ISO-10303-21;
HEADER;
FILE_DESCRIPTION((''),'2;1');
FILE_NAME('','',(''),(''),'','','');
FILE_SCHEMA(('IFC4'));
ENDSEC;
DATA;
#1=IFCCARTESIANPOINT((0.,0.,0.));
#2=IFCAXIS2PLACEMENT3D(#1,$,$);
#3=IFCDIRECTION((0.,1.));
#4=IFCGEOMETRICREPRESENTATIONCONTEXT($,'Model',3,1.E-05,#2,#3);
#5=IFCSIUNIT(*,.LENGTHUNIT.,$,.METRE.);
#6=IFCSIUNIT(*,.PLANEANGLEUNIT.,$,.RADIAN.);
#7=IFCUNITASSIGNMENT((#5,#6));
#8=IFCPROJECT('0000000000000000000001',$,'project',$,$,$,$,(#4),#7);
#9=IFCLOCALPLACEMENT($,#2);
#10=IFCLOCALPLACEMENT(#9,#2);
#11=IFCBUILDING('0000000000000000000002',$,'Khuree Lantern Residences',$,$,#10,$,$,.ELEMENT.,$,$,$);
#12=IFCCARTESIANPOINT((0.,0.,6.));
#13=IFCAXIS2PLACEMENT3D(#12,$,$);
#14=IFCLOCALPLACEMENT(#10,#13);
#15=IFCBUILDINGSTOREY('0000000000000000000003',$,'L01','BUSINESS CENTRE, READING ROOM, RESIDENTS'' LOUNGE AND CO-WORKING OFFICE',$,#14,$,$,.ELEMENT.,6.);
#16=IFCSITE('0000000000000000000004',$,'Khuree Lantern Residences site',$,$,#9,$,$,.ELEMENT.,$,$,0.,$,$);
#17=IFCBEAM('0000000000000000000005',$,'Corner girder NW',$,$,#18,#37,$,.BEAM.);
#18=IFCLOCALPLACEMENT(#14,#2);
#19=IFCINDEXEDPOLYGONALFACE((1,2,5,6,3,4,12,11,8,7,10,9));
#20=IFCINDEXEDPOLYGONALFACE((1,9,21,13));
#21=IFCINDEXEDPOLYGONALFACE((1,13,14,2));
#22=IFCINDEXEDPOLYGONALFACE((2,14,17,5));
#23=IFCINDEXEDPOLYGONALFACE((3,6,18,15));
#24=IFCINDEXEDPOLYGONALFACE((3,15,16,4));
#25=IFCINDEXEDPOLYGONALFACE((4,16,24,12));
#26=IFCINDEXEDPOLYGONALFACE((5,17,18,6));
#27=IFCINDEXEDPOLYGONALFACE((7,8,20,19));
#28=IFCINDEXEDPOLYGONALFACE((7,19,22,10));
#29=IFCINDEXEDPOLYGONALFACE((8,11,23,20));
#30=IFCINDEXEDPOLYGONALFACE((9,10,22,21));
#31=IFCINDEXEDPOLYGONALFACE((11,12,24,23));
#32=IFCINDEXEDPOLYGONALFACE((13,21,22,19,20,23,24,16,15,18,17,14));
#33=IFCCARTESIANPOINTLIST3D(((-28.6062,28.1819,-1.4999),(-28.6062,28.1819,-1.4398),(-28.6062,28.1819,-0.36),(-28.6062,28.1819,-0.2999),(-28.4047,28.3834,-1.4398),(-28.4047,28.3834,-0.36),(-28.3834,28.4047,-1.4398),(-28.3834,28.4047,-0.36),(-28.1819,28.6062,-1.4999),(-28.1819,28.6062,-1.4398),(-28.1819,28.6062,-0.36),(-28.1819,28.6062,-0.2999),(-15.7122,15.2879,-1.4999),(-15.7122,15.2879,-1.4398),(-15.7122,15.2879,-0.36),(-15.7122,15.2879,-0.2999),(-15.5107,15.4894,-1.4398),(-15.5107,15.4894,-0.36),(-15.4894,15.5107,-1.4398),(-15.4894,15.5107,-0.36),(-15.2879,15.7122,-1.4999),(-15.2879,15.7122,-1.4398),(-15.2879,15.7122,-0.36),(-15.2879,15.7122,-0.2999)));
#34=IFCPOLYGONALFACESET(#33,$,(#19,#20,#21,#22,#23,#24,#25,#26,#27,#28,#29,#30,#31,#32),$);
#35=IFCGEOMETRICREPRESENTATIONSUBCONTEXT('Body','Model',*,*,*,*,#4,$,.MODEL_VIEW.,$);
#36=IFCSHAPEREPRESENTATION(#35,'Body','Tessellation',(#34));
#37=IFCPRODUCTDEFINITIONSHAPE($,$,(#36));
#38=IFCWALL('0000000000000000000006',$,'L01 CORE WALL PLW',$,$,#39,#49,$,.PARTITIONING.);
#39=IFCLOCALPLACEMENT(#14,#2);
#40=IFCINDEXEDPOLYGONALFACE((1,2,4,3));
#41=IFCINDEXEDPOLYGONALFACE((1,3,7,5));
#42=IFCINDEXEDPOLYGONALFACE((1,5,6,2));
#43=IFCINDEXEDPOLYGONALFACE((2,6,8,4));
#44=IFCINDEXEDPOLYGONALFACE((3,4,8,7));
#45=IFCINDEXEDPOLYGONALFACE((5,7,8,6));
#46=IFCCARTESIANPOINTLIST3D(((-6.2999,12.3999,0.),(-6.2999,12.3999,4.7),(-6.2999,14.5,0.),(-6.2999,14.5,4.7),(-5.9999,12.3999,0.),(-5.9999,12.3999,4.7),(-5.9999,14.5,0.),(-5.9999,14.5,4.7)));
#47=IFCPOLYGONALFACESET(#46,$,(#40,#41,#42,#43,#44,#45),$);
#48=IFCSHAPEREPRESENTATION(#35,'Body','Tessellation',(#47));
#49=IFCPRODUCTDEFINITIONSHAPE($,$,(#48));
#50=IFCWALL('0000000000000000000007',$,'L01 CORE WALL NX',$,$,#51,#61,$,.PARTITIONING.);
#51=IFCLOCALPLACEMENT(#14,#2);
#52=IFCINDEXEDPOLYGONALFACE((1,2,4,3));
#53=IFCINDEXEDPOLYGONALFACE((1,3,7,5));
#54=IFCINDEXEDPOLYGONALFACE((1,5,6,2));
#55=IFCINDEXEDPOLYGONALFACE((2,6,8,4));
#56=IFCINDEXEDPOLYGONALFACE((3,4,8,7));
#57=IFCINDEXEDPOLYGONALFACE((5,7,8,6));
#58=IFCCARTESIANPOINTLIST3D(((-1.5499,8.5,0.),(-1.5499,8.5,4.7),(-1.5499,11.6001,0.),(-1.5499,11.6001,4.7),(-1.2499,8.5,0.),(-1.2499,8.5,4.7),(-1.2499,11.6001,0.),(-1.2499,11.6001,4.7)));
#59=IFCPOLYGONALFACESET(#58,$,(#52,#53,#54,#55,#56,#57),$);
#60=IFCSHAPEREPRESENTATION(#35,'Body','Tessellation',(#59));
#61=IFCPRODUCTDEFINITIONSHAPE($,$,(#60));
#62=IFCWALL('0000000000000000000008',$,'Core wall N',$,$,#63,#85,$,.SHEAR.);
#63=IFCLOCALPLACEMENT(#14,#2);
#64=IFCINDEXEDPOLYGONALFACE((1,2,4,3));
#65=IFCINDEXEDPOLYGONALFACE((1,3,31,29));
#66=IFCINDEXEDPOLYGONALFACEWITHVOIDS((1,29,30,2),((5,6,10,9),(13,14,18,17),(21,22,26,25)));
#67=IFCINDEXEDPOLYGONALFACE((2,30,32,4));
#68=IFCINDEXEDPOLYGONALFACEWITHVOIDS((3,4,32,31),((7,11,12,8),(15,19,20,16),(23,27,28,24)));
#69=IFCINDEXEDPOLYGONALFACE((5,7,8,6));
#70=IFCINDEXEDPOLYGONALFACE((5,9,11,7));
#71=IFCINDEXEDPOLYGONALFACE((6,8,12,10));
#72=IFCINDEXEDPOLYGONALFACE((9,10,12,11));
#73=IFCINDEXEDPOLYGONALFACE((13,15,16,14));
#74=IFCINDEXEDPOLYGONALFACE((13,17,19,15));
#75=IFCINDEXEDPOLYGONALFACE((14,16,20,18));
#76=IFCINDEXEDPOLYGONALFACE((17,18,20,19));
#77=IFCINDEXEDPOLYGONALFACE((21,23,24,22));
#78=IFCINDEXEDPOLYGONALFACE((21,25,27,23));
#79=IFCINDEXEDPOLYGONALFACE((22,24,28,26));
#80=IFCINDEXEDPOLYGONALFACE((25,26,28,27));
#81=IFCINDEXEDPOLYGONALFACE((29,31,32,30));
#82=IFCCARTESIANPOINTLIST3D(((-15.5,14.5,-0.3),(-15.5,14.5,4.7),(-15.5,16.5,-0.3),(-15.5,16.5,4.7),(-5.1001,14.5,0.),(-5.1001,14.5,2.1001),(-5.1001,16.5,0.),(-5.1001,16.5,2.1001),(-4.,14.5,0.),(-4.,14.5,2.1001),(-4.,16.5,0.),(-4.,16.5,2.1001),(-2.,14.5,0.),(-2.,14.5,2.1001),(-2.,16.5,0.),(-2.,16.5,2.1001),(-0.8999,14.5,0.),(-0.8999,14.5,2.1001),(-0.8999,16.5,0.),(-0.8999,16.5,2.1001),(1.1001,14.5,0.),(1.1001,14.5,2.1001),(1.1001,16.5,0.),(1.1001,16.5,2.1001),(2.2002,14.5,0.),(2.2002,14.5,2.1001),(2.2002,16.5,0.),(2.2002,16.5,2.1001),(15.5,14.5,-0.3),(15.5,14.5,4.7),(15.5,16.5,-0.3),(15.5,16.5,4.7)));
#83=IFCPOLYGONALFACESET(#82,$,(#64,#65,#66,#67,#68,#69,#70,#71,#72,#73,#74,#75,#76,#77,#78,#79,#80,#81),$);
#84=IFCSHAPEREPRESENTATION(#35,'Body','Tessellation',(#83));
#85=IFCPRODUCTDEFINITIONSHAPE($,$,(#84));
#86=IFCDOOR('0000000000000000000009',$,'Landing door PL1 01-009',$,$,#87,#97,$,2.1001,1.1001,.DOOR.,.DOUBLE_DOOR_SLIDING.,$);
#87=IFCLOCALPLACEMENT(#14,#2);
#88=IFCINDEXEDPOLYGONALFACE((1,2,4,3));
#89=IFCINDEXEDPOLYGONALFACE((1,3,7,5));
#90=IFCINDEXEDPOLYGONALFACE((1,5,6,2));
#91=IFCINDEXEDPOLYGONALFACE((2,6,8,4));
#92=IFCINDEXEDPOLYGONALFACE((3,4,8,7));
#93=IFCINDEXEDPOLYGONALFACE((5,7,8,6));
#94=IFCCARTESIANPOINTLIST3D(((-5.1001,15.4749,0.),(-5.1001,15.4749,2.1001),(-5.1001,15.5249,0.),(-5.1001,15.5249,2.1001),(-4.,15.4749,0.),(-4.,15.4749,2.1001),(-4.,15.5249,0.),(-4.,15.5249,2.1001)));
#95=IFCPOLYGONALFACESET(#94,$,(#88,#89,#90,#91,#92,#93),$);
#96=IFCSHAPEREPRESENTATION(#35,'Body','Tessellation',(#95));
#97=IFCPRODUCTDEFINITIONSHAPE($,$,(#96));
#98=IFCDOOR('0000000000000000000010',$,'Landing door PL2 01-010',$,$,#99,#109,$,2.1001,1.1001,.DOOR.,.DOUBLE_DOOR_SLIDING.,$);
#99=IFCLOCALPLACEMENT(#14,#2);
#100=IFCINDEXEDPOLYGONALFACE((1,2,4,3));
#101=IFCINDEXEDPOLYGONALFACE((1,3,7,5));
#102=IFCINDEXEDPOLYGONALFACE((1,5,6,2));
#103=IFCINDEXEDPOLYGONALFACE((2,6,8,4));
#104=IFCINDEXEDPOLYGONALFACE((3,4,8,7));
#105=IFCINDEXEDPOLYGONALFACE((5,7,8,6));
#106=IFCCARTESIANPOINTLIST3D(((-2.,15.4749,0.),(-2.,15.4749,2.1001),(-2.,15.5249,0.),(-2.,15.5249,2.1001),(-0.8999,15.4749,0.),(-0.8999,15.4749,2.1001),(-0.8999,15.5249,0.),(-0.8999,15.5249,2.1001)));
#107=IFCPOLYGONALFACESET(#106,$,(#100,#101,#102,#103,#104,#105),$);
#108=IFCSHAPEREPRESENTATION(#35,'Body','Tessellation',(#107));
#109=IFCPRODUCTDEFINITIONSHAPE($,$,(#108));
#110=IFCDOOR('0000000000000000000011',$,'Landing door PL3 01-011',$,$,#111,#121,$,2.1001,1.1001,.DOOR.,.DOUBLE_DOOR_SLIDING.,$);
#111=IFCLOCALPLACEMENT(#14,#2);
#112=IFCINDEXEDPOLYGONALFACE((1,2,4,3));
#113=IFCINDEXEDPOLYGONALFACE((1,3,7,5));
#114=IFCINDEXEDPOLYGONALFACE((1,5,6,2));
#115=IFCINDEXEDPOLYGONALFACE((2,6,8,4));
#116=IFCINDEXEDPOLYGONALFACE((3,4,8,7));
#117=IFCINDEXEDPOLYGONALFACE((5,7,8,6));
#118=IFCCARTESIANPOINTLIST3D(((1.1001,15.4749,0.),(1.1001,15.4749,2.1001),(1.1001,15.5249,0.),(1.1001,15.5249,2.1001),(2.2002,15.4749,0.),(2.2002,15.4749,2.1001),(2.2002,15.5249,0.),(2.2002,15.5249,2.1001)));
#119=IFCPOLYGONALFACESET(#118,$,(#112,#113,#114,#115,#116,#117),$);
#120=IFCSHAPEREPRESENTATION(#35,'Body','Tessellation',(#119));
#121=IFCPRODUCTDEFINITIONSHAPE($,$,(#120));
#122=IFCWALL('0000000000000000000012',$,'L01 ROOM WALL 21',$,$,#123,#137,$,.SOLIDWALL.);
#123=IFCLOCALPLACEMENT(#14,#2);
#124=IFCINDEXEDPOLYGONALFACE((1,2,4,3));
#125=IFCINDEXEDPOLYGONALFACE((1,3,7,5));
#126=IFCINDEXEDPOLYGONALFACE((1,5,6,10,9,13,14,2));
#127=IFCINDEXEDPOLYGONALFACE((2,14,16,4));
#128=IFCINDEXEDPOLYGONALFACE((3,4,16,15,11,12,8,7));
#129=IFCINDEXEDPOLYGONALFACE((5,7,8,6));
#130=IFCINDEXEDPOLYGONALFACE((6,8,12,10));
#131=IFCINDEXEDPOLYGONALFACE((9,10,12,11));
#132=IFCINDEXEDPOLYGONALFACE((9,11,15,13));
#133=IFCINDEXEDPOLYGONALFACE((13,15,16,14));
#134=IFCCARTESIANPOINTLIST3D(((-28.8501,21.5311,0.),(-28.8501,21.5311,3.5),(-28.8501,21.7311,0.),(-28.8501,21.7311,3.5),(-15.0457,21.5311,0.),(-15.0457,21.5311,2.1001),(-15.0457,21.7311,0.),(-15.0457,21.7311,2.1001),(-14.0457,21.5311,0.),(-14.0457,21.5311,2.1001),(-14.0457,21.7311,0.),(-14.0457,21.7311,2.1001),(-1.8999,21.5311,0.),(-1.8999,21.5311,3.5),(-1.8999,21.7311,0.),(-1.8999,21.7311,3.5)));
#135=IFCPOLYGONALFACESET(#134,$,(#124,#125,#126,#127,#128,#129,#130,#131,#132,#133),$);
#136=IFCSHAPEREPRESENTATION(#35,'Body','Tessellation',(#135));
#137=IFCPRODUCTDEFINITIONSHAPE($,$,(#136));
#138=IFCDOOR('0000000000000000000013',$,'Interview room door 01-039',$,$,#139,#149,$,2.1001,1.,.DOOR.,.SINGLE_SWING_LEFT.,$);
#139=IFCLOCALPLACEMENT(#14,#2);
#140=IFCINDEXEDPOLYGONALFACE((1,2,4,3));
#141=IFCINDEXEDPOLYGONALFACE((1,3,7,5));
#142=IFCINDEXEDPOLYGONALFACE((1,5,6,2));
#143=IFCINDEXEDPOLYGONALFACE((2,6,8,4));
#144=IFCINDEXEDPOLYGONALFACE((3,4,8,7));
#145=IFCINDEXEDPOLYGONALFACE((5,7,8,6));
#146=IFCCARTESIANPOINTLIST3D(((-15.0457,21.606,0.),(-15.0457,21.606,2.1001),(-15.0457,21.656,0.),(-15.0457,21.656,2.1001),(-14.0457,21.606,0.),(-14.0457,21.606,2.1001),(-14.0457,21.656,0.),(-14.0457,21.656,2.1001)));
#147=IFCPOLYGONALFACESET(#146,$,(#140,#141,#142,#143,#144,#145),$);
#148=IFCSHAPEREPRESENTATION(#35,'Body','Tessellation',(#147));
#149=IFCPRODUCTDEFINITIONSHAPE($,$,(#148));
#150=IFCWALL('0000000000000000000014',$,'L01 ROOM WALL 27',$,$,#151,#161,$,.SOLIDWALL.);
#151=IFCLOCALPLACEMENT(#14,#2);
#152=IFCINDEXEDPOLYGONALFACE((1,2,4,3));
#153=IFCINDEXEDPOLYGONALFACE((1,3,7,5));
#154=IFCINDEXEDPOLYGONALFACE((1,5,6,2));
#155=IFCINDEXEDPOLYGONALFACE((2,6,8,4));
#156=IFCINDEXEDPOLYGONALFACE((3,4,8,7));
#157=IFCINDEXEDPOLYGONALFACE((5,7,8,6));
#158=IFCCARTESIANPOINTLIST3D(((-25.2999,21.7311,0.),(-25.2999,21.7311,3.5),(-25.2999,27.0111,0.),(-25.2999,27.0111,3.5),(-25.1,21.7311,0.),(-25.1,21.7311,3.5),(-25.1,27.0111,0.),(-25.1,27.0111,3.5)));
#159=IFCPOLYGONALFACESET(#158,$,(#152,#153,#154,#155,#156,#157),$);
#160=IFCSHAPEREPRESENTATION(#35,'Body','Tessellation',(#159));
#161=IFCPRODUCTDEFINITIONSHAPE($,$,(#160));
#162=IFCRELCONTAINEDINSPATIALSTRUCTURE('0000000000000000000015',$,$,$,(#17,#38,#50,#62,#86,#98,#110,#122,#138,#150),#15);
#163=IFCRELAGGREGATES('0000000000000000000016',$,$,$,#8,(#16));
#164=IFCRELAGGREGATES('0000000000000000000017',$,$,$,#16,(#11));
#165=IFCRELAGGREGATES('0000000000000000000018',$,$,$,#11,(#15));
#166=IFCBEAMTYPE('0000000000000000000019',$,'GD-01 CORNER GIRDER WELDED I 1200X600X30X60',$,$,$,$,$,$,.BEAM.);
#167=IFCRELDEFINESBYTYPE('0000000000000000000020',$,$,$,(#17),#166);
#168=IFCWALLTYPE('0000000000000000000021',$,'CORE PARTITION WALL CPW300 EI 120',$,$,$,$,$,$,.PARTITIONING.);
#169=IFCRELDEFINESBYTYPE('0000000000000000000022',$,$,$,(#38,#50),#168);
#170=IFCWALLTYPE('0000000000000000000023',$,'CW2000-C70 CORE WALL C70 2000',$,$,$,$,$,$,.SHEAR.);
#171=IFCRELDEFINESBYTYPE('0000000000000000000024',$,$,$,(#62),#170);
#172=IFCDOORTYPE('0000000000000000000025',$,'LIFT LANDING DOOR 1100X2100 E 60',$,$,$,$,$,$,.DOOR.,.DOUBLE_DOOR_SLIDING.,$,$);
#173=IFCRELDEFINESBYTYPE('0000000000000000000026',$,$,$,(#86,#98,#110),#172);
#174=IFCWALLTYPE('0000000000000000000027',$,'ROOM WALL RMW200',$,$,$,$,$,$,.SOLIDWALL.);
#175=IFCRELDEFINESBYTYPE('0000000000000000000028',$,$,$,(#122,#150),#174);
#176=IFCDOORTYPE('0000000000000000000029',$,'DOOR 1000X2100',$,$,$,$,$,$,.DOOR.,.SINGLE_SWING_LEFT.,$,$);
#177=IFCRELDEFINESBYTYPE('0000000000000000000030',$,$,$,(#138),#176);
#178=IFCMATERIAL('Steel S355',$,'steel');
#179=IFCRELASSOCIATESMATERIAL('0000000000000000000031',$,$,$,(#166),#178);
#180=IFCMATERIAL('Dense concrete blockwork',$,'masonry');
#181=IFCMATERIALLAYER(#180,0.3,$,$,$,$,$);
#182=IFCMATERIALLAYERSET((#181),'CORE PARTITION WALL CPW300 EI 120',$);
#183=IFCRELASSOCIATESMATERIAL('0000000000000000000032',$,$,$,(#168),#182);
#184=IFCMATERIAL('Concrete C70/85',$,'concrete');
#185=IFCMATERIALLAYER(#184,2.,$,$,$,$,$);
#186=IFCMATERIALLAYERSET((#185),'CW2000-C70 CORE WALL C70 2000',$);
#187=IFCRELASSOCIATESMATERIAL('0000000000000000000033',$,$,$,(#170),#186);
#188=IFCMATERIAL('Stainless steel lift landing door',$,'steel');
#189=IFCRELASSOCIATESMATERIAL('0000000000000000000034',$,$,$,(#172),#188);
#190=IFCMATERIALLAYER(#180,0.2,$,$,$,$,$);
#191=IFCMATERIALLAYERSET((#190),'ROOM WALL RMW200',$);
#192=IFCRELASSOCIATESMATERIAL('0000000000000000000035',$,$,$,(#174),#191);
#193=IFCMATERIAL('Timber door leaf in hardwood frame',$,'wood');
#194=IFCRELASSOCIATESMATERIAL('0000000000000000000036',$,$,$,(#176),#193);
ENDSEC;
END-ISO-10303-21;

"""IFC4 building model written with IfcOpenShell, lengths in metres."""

from ifc_helpers import new_model, si_unit, direction, frame, frame_2d, origin, origin_2d, place, context, subcontext, project, spatial, rectangle, i_section, extrude, material, layer, layer_set, material_profile, profile_set, type_object, element, fill, save


model = new_model("IFC4")

# Units and contexts
model_context = context("Model", 3, precision=1e-05, world=origin(), true_north=direction((0.0, 1.0)))
body_context = subcontext(model_context, "Body", "Model", "MODEL_VIEW")
ifc_project = project(units=[si_unit("LENGTHUNIT", "METRE"), si_unit("PLANEANGLEUNIT", "RADIAN")], contexts=[model_context])

# Site, building, storey
site_placement = place(None, origin())
site = spatial("IfcSite", under=ifc_project, at=site_placement, Name="Khuree Lantern Residences site", CompositionType="ELEMENT", RefElevation=0.0)
building_placement = place(site_placement, origin())
building = spatial("IfcBuilding", under=site, at=building_placement, Name="Khuree Lantern Residences", CompositionType="ELEMENT")
storey_placement = place(building_placement, frame((0.0, 0.0, 6.0)))
storey = spatial("IfcBuildingStorey", under=building, at=storey_placement, Name="L01", Description="BUSINESS CENTRE, READING ROOM, RESIDENTS' LOUNGE AND CO-WORKING OFFICE", CompositionType="ELEMENT", Elevation=6.0)

# Shared definitions
ifc_material_1 = material(Name="Concrete C70/85", Category="concrete")

# Beam
ifc_material_2 = material(Name="Steel S355", Category="steel")
ifc_material_profile_1 = material_profile(ifc_material_2, i_section(OverallWidth=0.6001, OverallDepth=1.2, WebThickness=0.03, FlangeThickness=0.0601, at=origin_2d()), Name="WELDED I 1200X600X30X60")
ifc_profile_set_1 = profile_set([ifc_material_profile_1], Name="Steel S355")
beam_type_1 = type_object("IfcBeamType", Name="GD-01 CORNER GIRDER WELDED I 1200X600X30X60", PredefinedType="BEAM", material=ifc_profile_set_1)
beam_1_placement = place(storey_placement, frame((-28.394, 28.394, -0.8999), z_axis=(0.707107, -0.707107, 0.0), x_axis=(0.707107, 0.707107, 0.0)))
element("IfcBeam", 1, at=beam_1_placement, inside=storey, type_object=beam_type_1, Name="Corner girder NW", PredefinedType="BEAM", context=body_context, shape_type="SweptSolid", body=[
    extrude(i_section(OverallWidth=0.6001, OverallDepth=1.2, WebThickness=0.03, FlangeThickness=0.0601, at=origin_2d()), origin(), (0.0, 0.0, 1.0), 18.2349),
])

# Walls
ifc_material_3 = material(Name="Dense concrete blockwork", Category="masonry")
ifc_layer_1 = layer(ifc_material_3, 0.3)
ifc_layer_set_1 = layer_set([ifc_layer_1], Name="CORE PARTITION WALL CPW300 EI 120")
wall_type_1 = type_object("IfcWallType", Name="CORE PARTITION WALL CPW300 EI 120", PredefinedType="PARTITIONING", material=ifc_layer_set_1)
wall_1_placement = place(storey_placement, frame((-6.1499, 12.3999, 0.0), z_axis=(0.0, 0.0, 1.0), x_axis=(0.0, 1.0, 0.0)))
element("IfcWall", 2, at=wall_1_placement, inside=storey, type_object=wall_type_1, Name="L01 CORE WALL PLW", PredefinedType="PARTITIONING", context=body_context, shape_type="SweptSolid", body=[
    extrude(rectangle(XDim=2.1001, YDim=0.3, at=frame_2d((1.05, 0.0))), origin(), (0.0, 0.0, 1.0), 4.7),
])
wall_2_placement = place(storey_placement, frame((-1.3999, 8.5, 0.0), z_axis=(0.0, 0.0, 1.0), x_axis=(0.0, 1.0, 0.0)))
element("IfcWall", 3, at=wall_2_placement, inside=storey, type_object=wall_type_1, Name="L01 CORE WALL NX", PredefinedType="PARTITIONING", context=body_context, shape_type="SweptSolid", body=[
    extrude(rectangle(XDim=3.1001, YDim=0.3, at=frame_2d((1.55, 0.0))), origin(), (0.0, 0.0, 1.0), 4.7),
])

# Wall, openings, doors
ifc_layer_2 = layer(ifc_material_1, 2.0)
ifc_layer_set_2 = layer_set([ifc_layer_2], Name="CW2000-C70 CORE WALL C70 2000")
wall_type_2 = type_object("IfcWallType", Name="CW2000-C70 CORE WALL C70 2000", PredefinedType="SHEAR", material=ifc_layer_set_2)
wall_3_placement = place(storey_placement, frame((-15.5, 15.5, -0.3), z_axis=(0.0, 0.0, 1.0), x_axis=(1.0, 0.0, 0.0)))
wall_3 = element("IfcWall", 4, at=wall_3_placement, inside=storey, type_object=wall_type_2, Name="Core wall N", PredefinedType="SHEAR", context=body_context, shape_type="SweptSolid", body=[
    extrude(rectangle(XDim=31.0, YDim=2.0, at=frame_2d((15.5, 0.0))), origin(), (0.0, 0.0, 1.0), 5.0),
])
opening_1_placement = place(wall_3_placement, frame((10.3999, 0.0, 0.3)))
opening_1 = element("IfcOpeningElement", 5, at=opening_1_placement, cuts=wall_3, PredefinedType="OPENING", context=body_context, shape_type="SweptSolid", body=[
    extrude(rectangle(XDim=1.1001, YDim=2.1001, at=frame_2d((0.55, 1.05))), frame((0.0, 1.01, 0.0), z_axis=(0.0, -1.0, 0.0), x_axis=(1.0, 0.0, 0.0)), (0.0, 0.0, 1.0), 2.02),
])
opening_2_placement = place(wall_3_placement, frame((13.5, 0.0, 0.3)))
opening_2 = element("IfcOpeningElement", 6, at=opening_2_placement, cuts=wall_3, PredefinedType="OPENING", context=body_context, shape_type="SweptSolid", body=[
    extrude(rectangle(XDim=1.1001, YDim=2.1001, at=frame_2d((0.55, 1.05))), frame((0.0, 1.01, 0.0), z_axis=(0.0, -1.0, 0.0), x_axis=(1.0, 0.0, 0.0)), (0.0, 0.0, 1.0), 2.02),
])
opening_3_placement = place(wall_3_placement, frame((16.6001, 0.0, 0.3)))
opening_3 = element("IfcOpeningElement", 7, at=opening_3_placement, cuts=wall_3, PredefinedType="OPENING", context=body_context, shape_type="SweptSolid", body=[
    extrude(rectangle(XDim=1.1001, YDim=2.1001, at=frame_2d((0.55, 1.05))), frame((0.0, 1.01, 0.0), z_axis=(0.0, -1.0, 0.0), x_axis=(1.0, 0.0, 0.0)), (0.0, 0.0, 1.0), 2.02),
])
ifc_material_4 = material(Name="Stainless steel lift landing door", Category="steel")
door_type_1 = type_object("IfcDoorType", Name="LIFT LANDING DOOR 1100X2100 E 60", OperationType="DOUBLE_DOOR_SLIDING", PredefinedType="DOOR", material=ifc_material_4)
door_1_placement = place(opening_1_placement, origin())
door_1 = element("IfcDoor", 8, at=door_1_placement, inside=storey, type_object=door_type_1, Name="Landing door PL1 01-009", OperationType="DOUBLE_DOOR_SLIDING", OverallHeight=2.1001, OverallWidth=1.1001, PredefinedType="DOOR", context=body_context, shape_type="SweptSolid", body=[
    extrude(rectangle(XDim=1.1001, YDim=2.1001, at=frame_2d((0.55, 1.05))), frame((0.0, 0.0249, 0.0), z_axis=(0.0, -1.0, 0.0), x_axis=(1.0, 0.0, 0.0)), (0.0, 0.0, 1.0), 0.05),
])
fill(opening_1, door_1)
door_2_placement = place(opening_2_placement, origin())
door_2 = element("IfcDoor", 9, at=door_2_placement, inside=storey, type_object=door_type_1, Name="Landing door PL2 01-010", OperationType="DOUBLE_DOOR_SLIDING", OverallHeight=2.1001, OverallWidth=1.1001, PredefinedType="DOOR", context=body_context, shape_type="SweptSolid", body=[
    extrude(rectangle(XDim=1.1001, YDim=2.1001, at=frame_2d((0.55, 1.05))), frame((0.0, 0.0249, 0.0), z_axis=(0.0, -1.0, 0.0), x_axis=(1.0, 0.0, 0.0)), (0.0, 0.0, 1.0), 0.05),
])
fill(opening_2, door_2)
door_3_placement = place(opening_3_placement, origin())
door_3 = element("IfcDoor", 10, at=door_3_placement, inside=storey, type_object=door_type_1, Name="Landing door PL3 01-011", OperationType="DOUBLE_DOOR_SLIDING", OverallHeight=2.1001, OverallWidth=1.1001, PredefinedType="DOOR", context=body_context, shape_type="SweptSolid", body=[
    extrude(rectangle(XDim=1.1001, YDim=2.1001, at=frame_2d((0.55, 1.05))), frame((0.0, 0.0249, 0.0), z_axis=(0.0, -1.0, 0.0), x_axis=(1.0, 0.0, 0.0)), (0.0, 0.0, 1.0), 0.05),
])
fill(opening_3, door_3)

# Wall, opening, door
ifc_layer_3 = layer(ifc_material_3, 0.2)
ifc_layer_set_3 = layer_set([ifc_layer_3], Name="ROOM WALL RMW200")
wall_type_3 = type_object("IfcWallType", Name="ROOM WALL RMW200", PredefinedType="SOLIDWALL", material=ifc_layer_set_3)
wall_4_placement = place(storey_placement, frame((-28.8501, 21.6311, 0.0), z_axis=(0.0, 0.0, 1.0), x_axis=(1.0, 0.0, 0.0)))
wall_4 = element("IfcWall", 11, at=wall_4_placement, inside=storey, type_object=wall_type_3, Name="L01 ROOM WALL 21", PredefinedType="SOLIDWALL", context=body_context, shape_type="SweptSolid", body=[
    extrude(rectangle(XDim=26.9502, YDim=0.2, at=frame_2d((13.4751, 0.0))), origin(), (0.0, 0.0, 1.0), 3.5),
])
opening_4_placement = place(wall_4_placement, frame((13.8044, 0.0, 0.0)))
opening_4 = element("IfcOpeningElement", 12, at=opening_4_placement, cuts=wall_4, PredefinedType="OPENING", context=body_context, shape_type="SweptSolid", body=[
    extrude(rectangle(XDim=1.0, YDim=2.1001, at=frame_2d((0.5, 1.05))), frame((0.0, 0.1099, 0.0), z_axis=(0.0, -1.0, 0.0), x_axis=(1.0, 0.0, 0.0)), (0.0, 0.0, 1.0), 0.22),
])
ifc_material_5 = material(Name="Timber door leaf in hardwood frame", Category="wood")
door_type_2 = type_object("IfcDoorType", Name="DOOR 1000X2100", OperationType="SINGLE_SWING_LEFT", PredefinedType="DOOR", material=ifc_material_5)
door_4_placement = place(opening_4_placement, origin())
door_4 = element("IfcDoor", 13, at=door_4_placement, inside=storey, type_object=door_type_2, Name="Interview room door 01-039", OperationType="SINGLE_SWING_LEFT", OverallHeight=2.1001, OverallWidth=1.0, PredefinedType="DOOR", context=body_context, shape_type="SweptSolid", body=[
    extrude(rectangle(XDim=1.0, YDim=2.1001, at=frame_2d((0.5, 1.05))), frame((0.0, 0.0249, 0.0), z_axis=(0.0, -1.0, 0.0), x_axis=(1.0, 0.0, 0.0)), (0.0, 0.0, 1.0), 0.05),
])
fill(opening_4, door_4)

# Wall
wall_5_placement = place(storey_placement, frame((-25.2, 21.731, 0.0), z_axis=(0.0, 0.0, 1.0), x_axis=(0.0, 1.0, 0.0)))
element("IfcWall", 14, at=wall_5_placement, inside=storey, type_object=wall_type_3, Name="L01 ROOM WALL 27", PredefinedType="SOLIDWALL", context=body_context, shape_type="SweptSolid", body=[
    extrude(rectangle(XDim=5.28, YDim=0.2, at=frame_2d((2.6401, 0.0))), origin(), (0.0, 0.0, 1.0), 3.5),
])

save(model, "model.ifc")
